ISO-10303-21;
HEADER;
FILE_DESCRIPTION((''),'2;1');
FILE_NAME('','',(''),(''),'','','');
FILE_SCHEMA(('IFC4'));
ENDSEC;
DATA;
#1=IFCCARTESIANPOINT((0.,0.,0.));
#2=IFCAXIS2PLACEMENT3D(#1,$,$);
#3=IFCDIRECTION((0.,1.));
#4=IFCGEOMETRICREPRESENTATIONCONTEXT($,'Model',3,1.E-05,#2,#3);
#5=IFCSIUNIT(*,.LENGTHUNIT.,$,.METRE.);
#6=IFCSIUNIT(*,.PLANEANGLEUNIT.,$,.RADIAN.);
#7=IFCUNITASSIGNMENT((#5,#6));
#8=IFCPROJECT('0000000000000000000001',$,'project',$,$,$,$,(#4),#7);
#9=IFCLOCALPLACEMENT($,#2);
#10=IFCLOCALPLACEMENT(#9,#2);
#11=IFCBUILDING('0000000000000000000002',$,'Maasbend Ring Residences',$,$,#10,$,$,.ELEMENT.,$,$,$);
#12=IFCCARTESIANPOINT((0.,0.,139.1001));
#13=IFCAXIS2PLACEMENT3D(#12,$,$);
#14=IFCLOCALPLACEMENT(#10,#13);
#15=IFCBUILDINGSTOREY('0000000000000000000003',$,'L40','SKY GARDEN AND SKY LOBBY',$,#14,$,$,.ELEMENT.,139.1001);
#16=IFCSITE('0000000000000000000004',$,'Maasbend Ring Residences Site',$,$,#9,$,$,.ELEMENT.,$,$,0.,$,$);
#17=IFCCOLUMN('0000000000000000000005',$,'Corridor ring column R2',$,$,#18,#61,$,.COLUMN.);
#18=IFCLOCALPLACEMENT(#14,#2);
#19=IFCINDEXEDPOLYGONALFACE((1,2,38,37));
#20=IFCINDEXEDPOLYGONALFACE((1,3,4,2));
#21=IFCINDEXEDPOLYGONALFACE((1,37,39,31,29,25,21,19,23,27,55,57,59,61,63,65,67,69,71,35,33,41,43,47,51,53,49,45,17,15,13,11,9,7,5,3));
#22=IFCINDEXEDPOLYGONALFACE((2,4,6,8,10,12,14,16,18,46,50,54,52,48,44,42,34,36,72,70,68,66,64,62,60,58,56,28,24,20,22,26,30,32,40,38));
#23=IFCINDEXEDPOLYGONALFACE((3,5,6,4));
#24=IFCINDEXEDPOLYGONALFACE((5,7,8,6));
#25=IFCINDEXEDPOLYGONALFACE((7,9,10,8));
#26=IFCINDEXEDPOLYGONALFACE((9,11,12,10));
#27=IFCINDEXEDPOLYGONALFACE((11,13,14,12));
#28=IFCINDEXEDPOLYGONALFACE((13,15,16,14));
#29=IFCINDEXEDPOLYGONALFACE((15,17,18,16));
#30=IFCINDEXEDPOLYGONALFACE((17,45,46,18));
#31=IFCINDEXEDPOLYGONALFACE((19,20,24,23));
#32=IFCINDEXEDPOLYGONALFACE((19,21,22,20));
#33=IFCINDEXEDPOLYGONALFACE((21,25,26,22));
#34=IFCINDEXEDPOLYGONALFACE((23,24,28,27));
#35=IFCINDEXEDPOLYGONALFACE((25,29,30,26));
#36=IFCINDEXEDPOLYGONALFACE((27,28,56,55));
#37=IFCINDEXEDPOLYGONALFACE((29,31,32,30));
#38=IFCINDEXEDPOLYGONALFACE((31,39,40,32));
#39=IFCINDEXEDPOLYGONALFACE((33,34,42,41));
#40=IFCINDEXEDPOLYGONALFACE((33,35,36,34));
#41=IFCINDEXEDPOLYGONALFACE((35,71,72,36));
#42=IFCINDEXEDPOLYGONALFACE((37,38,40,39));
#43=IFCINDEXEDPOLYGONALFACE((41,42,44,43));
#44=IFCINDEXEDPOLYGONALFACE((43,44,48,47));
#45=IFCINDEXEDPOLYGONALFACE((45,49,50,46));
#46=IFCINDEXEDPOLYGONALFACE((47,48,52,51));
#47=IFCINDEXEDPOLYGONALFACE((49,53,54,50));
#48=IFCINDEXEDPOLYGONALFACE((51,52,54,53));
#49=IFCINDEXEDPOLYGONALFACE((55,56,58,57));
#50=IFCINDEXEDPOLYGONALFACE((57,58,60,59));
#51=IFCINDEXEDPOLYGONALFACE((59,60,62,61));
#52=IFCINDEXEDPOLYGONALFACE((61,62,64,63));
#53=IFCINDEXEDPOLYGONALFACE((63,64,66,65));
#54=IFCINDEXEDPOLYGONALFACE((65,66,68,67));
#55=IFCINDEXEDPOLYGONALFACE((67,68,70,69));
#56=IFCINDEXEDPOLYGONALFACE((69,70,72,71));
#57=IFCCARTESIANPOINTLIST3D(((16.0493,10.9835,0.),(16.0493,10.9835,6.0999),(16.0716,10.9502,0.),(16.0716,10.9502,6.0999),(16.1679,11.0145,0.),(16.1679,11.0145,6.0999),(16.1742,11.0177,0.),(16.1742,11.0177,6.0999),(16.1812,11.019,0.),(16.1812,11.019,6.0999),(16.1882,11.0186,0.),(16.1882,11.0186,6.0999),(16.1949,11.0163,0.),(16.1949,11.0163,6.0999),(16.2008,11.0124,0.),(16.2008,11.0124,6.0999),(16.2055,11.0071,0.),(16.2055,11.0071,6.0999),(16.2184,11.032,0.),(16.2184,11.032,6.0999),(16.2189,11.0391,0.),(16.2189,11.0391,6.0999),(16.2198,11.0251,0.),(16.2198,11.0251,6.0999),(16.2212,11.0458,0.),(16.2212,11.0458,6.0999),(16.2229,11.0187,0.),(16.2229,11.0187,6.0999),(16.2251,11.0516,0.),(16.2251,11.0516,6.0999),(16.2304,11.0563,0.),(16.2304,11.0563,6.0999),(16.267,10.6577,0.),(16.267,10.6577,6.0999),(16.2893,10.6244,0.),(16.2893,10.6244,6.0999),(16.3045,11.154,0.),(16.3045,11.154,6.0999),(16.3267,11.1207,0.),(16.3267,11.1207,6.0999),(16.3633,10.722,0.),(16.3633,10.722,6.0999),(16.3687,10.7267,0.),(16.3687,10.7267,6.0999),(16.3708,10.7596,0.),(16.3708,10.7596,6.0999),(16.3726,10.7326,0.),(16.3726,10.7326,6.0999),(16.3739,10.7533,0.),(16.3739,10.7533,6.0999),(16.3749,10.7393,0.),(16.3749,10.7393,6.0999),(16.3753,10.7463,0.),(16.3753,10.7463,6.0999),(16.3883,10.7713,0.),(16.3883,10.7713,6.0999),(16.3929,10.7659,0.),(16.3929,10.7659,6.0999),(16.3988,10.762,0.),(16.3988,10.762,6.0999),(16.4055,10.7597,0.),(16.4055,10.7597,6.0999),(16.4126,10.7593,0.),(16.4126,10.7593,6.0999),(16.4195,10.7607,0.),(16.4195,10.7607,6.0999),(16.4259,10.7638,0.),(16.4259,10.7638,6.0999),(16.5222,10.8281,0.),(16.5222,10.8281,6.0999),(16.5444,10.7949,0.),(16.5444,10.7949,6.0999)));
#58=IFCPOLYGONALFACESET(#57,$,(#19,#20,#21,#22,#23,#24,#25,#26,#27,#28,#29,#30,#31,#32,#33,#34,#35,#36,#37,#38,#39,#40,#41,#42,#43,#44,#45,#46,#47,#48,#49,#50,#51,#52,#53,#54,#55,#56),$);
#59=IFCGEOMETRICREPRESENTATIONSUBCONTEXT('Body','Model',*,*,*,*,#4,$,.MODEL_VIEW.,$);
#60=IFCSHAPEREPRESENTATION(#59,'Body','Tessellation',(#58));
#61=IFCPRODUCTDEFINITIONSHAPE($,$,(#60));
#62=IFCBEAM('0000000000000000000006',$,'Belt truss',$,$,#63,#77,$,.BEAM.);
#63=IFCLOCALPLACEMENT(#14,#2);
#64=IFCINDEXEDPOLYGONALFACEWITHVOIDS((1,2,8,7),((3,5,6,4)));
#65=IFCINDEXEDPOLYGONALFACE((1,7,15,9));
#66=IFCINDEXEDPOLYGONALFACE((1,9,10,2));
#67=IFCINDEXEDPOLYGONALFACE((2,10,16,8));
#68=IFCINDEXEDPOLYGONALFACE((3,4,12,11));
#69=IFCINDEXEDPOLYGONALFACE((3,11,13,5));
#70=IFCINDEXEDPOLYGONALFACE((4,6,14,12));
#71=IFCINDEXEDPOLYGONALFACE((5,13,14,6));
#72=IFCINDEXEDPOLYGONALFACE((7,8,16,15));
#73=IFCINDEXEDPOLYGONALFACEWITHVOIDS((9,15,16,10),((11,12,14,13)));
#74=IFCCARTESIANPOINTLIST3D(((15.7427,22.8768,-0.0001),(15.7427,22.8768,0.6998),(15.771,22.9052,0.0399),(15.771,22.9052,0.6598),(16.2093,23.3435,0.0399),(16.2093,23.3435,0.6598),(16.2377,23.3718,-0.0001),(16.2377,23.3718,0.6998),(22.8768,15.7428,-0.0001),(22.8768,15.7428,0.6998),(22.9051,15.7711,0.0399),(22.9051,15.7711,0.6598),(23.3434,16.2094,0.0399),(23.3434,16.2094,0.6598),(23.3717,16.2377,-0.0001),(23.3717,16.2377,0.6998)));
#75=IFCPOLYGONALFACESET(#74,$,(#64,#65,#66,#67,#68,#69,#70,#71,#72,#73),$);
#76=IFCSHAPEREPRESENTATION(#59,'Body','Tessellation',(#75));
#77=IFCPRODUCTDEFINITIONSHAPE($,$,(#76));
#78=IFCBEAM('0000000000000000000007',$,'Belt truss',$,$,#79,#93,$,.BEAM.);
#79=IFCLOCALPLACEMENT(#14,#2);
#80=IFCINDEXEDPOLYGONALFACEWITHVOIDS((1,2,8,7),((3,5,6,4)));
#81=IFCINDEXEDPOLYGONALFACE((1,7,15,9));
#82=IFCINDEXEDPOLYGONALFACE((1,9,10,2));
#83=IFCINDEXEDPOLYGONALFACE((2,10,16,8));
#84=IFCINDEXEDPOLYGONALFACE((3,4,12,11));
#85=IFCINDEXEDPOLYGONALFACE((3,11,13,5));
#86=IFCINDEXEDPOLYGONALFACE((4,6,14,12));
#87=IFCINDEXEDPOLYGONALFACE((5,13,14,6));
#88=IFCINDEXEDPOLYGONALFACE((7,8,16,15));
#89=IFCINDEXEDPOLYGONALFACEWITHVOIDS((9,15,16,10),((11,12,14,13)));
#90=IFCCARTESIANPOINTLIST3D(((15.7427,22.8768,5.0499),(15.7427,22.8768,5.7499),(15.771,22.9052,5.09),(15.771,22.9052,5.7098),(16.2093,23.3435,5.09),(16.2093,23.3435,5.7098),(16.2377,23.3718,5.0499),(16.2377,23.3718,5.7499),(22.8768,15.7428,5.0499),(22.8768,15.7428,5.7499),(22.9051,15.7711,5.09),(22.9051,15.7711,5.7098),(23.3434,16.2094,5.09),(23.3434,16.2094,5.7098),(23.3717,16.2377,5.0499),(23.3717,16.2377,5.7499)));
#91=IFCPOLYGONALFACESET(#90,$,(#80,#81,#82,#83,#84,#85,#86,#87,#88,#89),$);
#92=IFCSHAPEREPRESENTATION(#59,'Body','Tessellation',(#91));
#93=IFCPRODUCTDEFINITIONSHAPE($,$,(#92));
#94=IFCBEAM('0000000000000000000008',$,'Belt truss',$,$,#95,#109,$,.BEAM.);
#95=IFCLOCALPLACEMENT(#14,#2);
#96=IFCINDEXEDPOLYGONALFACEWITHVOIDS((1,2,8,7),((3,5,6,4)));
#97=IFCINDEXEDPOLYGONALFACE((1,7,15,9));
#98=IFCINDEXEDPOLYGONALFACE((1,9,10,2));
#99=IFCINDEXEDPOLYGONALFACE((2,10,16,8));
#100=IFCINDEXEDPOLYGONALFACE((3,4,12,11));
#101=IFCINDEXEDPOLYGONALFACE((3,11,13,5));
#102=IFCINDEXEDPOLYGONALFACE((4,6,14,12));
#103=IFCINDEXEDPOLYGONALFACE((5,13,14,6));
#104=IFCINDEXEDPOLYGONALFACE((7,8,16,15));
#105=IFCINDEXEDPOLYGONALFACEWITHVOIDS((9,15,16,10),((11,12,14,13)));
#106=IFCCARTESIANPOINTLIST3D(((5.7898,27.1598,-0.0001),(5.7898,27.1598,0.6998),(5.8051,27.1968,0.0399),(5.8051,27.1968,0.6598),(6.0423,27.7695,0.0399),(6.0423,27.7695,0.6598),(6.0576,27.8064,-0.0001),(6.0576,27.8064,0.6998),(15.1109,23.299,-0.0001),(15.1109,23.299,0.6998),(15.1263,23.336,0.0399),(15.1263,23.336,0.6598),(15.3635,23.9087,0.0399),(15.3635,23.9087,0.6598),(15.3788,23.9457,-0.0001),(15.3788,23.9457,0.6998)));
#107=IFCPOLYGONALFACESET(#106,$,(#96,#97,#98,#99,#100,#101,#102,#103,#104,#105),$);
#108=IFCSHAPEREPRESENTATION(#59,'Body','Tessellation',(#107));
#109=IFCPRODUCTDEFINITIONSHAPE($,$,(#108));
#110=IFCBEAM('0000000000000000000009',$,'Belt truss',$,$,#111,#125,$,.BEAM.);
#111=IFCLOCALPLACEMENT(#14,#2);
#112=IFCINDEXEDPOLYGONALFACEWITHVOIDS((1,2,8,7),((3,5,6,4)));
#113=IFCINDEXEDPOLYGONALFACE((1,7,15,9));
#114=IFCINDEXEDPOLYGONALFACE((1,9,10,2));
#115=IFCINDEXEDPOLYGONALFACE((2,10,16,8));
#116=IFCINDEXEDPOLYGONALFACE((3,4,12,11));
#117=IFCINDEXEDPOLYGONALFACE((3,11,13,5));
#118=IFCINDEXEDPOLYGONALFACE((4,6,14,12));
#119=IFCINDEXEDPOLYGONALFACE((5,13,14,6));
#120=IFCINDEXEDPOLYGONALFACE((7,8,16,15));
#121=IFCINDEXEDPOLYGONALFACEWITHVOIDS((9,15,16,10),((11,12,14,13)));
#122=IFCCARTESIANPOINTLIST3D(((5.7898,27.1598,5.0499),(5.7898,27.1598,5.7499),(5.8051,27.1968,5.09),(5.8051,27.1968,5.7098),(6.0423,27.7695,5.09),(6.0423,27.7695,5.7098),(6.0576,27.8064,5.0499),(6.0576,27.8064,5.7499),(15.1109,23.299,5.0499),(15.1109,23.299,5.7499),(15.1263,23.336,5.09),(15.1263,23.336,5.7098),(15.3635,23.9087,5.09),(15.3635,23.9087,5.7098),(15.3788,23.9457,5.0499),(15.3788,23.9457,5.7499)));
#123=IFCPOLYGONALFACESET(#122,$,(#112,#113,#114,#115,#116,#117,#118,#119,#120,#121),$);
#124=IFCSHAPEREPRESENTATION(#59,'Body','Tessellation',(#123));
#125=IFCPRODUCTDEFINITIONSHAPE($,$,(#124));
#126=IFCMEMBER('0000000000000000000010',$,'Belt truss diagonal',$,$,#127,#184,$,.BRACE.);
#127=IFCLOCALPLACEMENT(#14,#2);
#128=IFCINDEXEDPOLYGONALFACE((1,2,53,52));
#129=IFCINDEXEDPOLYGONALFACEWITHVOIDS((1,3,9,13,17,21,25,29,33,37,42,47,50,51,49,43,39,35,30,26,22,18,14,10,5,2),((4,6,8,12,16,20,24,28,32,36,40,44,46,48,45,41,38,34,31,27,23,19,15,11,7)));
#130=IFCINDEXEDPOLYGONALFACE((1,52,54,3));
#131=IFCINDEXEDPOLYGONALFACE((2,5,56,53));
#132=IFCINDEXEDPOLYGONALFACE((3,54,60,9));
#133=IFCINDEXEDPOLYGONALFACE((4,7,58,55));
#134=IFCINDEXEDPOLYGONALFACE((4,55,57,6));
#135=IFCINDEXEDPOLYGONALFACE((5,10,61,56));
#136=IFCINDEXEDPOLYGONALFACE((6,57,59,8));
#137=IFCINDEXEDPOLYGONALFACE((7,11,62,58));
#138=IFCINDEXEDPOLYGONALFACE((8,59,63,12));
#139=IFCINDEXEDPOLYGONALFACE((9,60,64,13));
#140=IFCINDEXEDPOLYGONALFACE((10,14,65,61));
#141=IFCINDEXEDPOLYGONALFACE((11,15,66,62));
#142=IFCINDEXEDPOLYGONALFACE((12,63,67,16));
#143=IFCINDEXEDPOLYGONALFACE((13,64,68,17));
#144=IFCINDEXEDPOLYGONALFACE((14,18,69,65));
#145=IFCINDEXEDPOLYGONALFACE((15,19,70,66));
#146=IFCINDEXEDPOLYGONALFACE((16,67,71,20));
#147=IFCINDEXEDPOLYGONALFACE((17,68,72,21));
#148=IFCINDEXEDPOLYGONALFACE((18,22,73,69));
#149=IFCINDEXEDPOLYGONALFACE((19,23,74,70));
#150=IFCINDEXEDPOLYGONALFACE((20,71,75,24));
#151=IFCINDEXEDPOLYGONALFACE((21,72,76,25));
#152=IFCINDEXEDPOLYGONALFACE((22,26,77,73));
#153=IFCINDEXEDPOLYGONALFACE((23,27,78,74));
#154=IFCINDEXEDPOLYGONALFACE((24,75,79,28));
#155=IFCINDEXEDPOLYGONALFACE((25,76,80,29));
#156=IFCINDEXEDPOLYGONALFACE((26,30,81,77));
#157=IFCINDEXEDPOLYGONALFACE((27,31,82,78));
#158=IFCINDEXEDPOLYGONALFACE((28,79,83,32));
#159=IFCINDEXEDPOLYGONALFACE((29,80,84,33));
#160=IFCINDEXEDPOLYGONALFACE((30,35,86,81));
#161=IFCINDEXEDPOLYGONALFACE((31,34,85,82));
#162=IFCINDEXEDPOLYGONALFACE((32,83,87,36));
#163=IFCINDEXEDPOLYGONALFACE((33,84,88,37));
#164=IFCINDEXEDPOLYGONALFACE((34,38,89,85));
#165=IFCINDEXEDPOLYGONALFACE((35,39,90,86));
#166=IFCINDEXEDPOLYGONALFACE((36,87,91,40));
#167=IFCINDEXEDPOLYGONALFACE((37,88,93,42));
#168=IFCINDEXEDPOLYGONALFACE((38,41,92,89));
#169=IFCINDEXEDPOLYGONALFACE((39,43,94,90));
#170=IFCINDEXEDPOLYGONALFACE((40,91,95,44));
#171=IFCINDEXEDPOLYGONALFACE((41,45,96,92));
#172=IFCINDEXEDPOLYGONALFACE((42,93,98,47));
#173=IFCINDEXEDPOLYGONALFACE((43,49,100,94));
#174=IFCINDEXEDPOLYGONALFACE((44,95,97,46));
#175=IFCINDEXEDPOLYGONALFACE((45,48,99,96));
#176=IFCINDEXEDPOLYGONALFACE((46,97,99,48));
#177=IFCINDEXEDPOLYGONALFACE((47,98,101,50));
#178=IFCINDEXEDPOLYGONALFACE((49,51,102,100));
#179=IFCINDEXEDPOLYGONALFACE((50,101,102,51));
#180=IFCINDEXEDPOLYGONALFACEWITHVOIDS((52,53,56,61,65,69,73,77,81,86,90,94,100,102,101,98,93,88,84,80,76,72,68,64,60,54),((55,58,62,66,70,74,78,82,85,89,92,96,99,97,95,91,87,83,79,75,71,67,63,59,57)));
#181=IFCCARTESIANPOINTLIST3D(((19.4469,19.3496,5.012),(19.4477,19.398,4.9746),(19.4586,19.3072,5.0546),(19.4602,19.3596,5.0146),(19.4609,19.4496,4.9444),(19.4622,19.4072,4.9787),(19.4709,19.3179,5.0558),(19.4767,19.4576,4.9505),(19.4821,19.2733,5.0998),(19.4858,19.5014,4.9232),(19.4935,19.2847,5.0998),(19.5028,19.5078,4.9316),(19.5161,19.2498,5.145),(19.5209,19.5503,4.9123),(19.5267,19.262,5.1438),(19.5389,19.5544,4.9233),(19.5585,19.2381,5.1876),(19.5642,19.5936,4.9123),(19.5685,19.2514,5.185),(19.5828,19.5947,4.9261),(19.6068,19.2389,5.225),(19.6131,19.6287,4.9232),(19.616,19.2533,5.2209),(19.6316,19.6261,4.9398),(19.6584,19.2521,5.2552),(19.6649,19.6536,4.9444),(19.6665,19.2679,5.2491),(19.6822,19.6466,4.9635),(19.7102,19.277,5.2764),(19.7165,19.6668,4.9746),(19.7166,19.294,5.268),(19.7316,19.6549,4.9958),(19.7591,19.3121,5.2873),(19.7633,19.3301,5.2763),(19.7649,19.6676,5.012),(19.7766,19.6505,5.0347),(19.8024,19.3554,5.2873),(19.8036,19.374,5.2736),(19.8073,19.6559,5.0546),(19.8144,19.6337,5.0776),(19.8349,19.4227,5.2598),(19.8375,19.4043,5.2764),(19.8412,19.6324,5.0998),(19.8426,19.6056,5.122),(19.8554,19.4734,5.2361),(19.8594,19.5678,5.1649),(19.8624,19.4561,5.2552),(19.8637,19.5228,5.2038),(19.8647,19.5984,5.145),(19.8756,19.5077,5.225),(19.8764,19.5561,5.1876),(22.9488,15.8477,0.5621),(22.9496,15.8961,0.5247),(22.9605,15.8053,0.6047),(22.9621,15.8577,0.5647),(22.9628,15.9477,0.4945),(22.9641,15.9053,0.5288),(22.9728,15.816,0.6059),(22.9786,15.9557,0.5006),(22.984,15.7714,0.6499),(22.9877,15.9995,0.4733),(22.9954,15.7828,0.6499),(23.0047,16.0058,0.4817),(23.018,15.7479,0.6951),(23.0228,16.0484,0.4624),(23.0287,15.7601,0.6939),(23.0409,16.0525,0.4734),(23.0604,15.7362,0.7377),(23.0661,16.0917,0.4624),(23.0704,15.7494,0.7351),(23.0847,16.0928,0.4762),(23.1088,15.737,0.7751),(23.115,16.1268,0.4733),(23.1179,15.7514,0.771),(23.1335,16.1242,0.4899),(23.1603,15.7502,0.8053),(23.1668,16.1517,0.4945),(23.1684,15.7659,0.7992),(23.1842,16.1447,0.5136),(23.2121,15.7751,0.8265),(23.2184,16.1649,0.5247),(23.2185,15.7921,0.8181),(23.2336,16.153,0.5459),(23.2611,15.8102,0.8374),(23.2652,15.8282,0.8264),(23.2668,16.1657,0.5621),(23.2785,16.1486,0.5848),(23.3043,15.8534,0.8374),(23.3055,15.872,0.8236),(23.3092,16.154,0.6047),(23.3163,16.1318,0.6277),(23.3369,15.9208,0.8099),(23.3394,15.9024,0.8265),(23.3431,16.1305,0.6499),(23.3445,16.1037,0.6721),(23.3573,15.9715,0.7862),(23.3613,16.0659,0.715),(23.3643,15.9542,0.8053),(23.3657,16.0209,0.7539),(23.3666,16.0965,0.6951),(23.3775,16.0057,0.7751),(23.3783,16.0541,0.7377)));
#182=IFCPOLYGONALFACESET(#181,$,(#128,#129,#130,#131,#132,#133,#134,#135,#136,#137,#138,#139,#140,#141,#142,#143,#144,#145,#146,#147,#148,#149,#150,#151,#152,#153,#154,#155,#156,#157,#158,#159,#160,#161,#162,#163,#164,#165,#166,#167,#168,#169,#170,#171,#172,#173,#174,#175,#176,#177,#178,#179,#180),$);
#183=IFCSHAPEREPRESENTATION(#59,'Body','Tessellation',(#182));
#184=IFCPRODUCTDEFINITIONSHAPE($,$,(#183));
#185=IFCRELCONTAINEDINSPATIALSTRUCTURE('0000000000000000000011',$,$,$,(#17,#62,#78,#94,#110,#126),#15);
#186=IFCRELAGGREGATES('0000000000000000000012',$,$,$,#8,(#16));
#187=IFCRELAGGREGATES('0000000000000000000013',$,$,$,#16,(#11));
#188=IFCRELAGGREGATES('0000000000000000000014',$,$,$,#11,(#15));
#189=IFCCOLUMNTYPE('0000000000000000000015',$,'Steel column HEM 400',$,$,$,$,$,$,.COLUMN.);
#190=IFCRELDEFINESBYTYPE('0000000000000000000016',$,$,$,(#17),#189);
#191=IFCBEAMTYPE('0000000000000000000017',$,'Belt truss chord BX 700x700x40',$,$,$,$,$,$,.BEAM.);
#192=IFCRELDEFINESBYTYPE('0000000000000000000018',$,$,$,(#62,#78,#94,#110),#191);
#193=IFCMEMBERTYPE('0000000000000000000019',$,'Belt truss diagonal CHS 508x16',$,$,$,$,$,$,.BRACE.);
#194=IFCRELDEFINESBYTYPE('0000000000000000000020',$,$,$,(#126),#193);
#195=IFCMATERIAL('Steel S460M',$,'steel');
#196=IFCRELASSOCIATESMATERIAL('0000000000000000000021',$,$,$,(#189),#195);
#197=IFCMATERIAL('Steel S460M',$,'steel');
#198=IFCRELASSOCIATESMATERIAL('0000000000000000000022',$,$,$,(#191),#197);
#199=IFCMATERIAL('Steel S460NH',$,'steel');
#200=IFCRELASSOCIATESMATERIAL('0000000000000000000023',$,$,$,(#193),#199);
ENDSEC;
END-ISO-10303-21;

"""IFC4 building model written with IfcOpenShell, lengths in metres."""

from ifc_helpers import new_model, si_unit, direction, frame, origin, origin_2d, place, context, subcontext, project, spatial, hollow_rectangle, hollow_circle, i_section, extrude, material, material_profile, profile_set, type_object, element, save


model = new_model("IFC4")

# Units and contexts
model_context = context("Model", 3, precision=1e-05, world=origin(), true_north=direction((0.0, 1.0)))
body_context = subcontext(model_context, "Body", "Model", "MODEL_VIEW")
ifc_project = project(units=[si_unit("LENGTHUNIT", "METRE"), si_unit("PLANEANGLEUNIT", "RADIAN")], contexts=[model_context])

# Site, building, storey
site_placement = place(None, origin())
site = spatial("IfcSite", under=ifc_project, at=site_placement, Name="Maasbend Ring Residences Site", CompositionType="ELEMENT", RefElevation=0.0)
building_placement = place(site_placement, origin())
building = spatial("IfcBuilding", under=site, at=building_placement, Name="Maasbend Ring Residences", CompositionType="ELEMENT")
storey_placement = place(building_placement, frame((0.0, 0.0, 139.1001)))
storey = spatial("IfcBuildingStorey", under=building, at=storey_placement, Name="L40", Description="SKY GARDEN AND SKY LOBBY", CompositionType="ELEMENT", Elevation=139.1001)

# Column
ifc_material_1 = material(Name="Steel S460M", Category="steel")
ifc_material_profile_1 = material_profile(ifc_material_1, i_section(OverallWidth=0.3069, OverallDepth=0.4319, WebThickness=0.021, FlangeThickness=0.04, FilletRadius=0.0271, at=origin_2d()), Name="HEM 400")
ifc_profile_set_1 = profile_set([ifc_material_profile_1], Name="Steel S460M")
column_type_1 = type_object("IfcColumnType", Name="Steel column HEM 400", PredefinedType="COLUMN", material=ifc_profile_set_1)
column_placement = place(storey_placement, frame((16.2969, 10.8892, 0.0), z_axis=(0.0, 0.0, 1.0), x_axis=(0.83147, 0.55557, 0.0)))
element("IfcColumn", 1, at=column_placement, inside=storey, type_object=column_type_1, Name="Corridor ring column R2", PredefinedType="COLUMN", context=body_context, shape_type="SweptSolid", body=[
    extrude(i_section(OverallWidth=0.3069, OverallDepth=0.4319, WebThickness=0.021, FlangeThickness=0.04, FilletRadius=0.0271, at=origin_2d()), origin(), (0.0, 0.0, 1.0), 6.0999),
])

# Beams
ifc_material_2 = material(Name="Steel S460M", Category="steel")
ifc_material_profile_2 = material_profile(ifc_material_2, hollow_rectangle(XDim=0.7, YDim=0.7, WallThickness=0.04, at=origin_2d()), Name="Belt truss chord BX 700x700x40")
ifc_profile_set_2 = profile_set([ifc_material_profile_2], Name="Steel S460M")
beam_type_1 = type_object("IfcBeamType", Name="Belt truss chord BX 700x700x40", PredefinedType="BEAM", material=ifc_profile_set_2)
for number, where, z_axis, x_axis, name in (
    (2, (23.1243, 15.9902, 0.3499), (-0.707107, 0.707107, 0.0), (-0.707107, -0.707107, 0.0), "Belt truss"),
    (3, (23.1243, 15.9902, 5.3999), (-0.707107, 0.707107, 0.0), (-0.707107, -0.707107, 0.0), "Belt truss"),
    (4, (15.2449, 23.6223, 0.3499), (-0.923885, 0.38267, 0.0), (-0.38267, -0.923885, 0.0), "Belt truss"),
    (5, (15.2449, 23.6223, 5.3999), (-0.923885, 0.38267, 0.0), (-0.38267, -0.923885, 0.0), "Belt truss"),
):
    element("IfcBeam", number, at=place(storey_placement, frame(where, z_axis=z_axis, x_axis=x_axis)), inside=storey, type_object=beam_type_1, Name=name, PredefinedType="BEAM", context=body_context, shape_type="SweptSolid", body=[
        extrude(hollow_rectangle(XDim=0.7, YDim=0.7, WallThickness=0.04, at=origin_2d()), origin(), (0.0, 0.0, 1.0), 10.0891),
    ])

# Member
ifc_material_3 = material(Name="Steel S460NH", Category="steel")
ifc_material_profile_3 = material_profile(ifc_material_3, hollow_circle(Radius=0.2539, WallThickness=0.0161, at=origin_2d()), Name="Belt truss diagonal CHS 508x16")
ifc_profile_set_3 = profile_set([ifc_material_profile_3], Name="Steel S460NH")
member_type_1 = type_object("IfcMemberType", Name="Belt truss diagonal CHS 508x16", PredefinedType="BRACE", material=ifc_profile_set_3)
for number, where, z_axis, x_axis, name in (
    (6, (23.1636, 15.9509, 0.6499), (-0.525974, 0.525974, 0.668358), (-0.707107, -0.707107, 0.0), "Belt truss diagonal"),
):
    element("IfcMember", number, at=place(storey_placement, frame(where, z_axis=z_axis, x_axis=x_axis)), inside=storey, type_object=member_type_1, Name=name, PredefinedType="BRACE", context=body_context, shape_type="SweptSolid", body=[
        extrude(hollow_circle(Radius=0.2539, WallThickness=0.0161, at=origin_2d()), origin(), (0.0, 0.0, 1.0), 6.658),
    ])

save(model, "model.ifc")
